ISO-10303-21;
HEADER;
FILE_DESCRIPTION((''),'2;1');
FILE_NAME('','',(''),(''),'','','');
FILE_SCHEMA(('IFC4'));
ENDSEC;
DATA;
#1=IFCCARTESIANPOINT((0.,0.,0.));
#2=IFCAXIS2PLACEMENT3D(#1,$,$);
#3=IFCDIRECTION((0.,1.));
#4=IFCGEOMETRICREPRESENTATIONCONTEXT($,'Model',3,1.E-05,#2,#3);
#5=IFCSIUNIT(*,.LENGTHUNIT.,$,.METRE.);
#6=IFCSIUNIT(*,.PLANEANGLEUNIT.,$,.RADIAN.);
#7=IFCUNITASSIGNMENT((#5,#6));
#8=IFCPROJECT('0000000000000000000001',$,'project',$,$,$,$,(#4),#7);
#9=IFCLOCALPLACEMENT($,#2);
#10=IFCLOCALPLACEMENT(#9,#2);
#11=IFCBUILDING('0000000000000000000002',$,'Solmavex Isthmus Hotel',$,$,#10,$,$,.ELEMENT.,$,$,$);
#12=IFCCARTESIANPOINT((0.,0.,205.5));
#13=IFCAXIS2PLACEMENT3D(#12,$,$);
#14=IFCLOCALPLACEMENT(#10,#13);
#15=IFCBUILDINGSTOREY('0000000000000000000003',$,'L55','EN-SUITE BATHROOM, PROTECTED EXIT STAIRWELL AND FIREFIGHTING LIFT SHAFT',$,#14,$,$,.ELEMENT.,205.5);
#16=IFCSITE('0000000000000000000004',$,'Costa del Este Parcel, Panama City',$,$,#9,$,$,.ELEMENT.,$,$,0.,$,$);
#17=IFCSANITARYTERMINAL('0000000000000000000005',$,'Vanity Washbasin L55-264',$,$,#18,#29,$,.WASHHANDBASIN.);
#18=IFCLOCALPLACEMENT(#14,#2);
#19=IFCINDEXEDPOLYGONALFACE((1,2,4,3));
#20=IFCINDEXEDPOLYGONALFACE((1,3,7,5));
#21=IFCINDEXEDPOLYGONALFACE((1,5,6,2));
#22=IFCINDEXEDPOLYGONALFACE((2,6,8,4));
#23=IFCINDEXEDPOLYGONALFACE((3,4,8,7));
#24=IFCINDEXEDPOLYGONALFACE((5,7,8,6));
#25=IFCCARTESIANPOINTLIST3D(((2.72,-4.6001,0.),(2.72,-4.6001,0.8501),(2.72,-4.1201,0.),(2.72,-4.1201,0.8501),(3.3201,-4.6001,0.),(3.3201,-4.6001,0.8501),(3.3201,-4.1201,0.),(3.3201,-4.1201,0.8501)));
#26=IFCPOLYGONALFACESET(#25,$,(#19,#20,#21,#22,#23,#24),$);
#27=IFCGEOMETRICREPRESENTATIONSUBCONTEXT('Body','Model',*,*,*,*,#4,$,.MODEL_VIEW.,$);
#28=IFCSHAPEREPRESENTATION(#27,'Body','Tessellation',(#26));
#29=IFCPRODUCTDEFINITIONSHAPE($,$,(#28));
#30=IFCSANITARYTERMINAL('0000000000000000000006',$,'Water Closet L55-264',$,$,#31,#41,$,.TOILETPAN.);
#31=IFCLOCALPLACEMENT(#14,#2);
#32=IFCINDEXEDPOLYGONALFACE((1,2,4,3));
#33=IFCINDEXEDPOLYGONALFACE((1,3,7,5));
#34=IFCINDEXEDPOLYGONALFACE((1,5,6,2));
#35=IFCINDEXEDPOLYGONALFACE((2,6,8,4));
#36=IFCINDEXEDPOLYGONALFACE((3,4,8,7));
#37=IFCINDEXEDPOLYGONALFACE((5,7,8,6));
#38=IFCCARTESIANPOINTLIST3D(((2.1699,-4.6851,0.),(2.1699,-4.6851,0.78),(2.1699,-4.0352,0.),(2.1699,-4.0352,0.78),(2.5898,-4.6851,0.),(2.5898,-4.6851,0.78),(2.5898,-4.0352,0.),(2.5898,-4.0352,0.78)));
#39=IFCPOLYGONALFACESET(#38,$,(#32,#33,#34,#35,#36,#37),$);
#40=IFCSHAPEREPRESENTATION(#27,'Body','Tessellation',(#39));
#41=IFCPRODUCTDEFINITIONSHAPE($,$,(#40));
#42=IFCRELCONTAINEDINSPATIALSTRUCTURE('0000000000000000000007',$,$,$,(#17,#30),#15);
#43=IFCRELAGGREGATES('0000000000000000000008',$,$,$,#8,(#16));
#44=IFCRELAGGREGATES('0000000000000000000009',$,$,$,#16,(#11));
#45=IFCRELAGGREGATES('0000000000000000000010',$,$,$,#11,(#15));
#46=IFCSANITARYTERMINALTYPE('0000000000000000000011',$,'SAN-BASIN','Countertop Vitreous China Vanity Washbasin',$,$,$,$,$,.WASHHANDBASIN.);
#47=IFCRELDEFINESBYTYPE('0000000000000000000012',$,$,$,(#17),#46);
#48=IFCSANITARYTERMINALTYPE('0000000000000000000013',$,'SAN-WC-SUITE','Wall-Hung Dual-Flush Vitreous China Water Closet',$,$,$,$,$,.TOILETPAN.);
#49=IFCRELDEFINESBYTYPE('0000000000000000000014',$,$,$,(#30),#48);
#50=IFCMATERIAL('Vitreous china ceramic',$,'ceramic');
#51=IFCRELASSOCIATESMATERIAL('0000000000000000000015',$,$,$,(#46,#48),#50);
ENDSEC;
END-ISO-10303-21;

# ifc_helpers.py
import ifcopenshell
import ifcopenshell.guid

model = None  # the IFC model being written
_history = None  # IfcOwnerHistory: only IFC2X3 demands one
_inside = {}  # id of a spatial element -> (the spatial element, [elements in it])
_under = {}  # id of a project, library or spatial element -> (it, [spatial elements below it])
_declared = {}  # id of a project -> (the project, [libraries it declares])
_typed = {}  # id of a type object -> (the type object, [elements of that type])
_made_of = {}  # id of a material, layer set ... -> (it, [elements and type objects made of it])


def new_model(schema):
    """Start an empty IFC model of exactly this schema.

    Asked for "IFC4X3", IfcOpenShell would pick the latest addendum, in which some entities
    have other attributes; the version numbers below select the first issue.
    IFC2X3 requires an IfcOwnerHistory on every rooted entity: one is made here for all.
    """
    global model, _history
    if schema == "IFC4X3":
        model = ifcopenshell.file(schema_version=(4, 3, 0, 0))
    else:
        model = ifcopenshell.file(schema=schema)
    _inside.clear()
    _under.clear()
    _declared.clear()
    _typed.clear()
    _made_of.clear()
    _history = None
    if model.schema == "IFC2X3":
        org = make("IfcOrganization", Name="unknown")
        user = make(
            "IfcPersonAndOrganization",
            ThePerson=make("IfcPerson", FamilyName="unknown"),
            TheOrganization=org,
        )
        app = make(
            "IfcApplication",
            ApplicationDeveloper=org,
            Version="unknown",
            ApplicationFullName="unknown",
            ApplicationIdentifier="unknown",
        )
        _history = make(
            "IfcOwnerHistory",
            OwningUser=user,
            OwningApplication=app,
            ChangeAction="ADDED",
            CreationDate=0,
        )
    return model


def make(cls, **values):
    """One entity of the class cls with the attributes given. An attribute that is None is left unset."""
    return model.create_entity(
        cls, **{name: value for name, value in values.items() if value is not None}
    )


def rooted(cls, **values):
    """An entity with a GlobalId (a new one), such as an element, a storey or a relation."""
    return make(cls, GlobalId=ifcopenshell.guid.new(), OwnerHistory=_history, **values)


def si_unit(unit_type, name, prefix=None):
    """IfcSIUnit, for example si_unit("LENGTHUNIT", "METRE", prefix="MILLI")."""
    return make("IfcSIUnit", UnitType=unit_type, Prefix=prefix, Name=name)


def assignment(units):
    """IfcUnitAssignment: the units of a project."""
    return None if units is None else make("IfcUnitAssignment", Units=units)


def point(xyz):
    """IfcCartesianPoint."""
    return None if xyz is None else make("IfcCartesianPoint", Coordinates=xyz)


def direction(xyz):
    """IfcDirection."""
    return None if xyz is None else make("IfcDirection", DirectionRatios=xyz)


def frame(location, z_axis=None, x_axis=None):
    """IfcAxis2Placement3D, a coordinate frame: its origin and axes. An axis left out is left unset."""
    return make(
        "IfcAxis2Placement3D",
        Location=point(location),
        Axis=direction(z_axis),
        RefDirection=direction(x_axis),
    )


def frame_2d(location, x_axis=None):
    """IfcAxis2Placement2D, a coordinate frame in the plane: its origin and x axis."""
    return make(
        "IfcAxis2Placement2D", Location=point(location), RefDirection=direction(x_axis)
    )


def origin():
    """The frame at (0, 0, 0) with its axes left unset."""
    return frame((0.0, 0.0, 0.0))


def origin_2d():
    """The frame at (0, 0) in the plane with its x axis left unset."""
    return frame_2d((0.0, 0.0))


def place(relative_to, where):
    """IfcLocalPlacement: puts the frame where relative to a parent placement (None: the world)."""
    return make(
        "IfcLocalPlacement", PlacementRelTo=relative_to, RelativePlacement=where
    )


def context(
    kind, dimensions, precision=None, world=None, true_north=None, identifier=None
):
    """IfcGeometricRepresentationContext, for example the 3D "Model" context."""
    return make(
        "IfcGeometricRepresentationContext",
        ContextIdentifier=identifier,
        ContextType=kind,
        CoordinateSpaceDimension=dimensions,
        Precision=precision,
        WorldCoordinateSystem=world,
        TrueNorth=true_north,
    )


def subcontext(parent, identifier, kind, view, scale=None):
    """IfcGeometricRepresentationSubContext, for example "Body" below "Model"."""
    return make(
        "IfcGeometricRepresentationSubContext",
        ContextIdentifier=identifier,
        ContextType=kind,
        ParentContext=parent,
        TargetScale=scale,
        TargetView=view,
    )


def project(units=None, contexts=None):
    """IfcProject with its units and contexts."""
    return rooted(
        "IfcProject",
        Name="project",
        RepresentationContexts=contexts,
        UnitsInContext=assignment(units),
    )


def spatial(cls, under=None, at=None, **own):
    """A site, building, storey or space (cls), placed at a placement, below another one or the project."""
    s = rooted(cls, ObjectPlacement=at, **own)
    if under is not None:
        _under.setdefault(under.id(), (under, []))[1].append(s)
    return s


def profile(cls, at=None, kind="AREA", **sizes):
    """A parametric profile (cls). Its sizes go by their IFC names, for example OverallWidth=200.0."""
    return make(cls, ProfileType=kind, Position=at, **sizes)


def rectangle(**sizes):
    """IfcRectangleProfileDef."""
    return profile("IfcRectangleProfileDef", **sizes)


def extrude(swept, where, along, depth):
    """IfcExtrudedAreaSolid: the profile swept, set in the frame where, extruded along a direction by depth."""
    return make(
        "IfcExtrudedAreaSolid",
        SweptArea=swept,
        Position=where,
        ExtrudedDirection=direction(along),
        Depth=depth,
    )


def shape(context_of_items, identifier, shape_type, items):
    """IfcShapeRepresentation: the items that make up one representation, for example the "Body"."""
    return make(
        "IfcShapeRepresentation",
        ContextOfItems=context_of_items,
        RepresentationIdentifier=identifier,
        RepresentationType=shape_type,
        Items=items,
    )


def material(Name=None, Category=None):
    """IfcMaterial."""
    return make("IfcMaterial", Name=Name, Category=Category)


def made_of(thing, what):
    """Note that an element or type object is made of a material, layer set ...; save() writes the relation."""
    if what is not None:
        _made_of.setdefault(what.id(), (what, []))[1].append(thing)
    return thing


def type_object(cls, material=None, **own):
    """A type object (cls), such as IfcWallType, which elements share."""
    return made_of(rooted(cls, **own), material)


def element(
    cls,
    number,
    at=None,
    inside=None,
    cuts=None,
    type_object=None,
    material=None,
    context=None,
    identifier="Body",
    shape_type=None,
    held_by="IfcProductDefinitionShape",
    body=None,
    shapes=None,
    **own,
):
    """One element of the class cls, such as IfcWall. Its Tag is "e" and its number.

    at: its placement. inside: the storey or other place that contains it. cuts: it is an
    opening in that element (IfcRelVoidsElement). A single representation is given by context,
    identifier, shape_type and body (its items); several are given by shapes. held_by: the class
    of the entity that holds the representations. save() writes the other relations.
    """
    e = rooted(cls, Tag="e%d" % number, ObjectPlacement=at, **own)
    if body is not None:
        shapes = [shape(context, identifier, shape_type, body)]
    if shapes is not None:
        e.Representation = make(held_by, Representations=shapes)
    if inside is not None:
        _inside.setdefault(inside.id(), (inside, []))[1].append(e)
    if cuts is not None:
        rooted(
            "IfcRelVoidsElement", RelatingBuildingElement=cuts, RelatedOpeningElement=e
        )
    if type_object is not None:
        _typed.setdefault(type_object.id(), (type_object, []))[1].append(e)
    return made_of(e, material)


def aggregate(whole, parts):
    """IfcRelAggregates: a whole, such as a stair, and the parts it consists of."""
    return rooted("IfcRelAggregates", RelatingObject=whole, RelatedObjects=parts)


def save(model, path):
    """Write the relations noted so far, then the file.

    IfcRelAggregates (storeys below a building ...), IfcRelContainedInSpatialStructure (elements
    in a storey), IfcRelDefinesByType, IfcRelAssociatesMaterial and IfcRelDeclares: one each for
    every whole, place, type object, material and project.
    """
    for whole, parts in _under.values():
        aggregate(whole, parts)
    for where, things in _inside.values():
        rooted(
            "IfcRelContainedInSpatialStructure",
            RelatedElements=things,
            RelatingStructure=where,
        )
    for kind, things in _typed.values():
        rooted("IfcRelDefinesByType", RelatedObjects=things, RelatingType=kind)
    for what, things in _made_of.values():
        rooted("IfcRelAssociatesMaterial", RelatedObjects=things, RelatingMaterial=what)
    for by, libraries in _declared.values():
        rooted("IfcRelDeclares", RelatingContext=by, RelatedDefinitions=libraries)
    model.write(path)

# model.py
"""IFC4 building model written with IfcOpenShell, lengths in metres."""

from ifc_helpers import new_model, si_unit, direction, frame, origin, origin_2d, place, context, subcontext, project, spatial, rectangle, extrude, material, type_object, element, save


model = new_model("IFC4")

# Units and contexts
model_context = context("Model", 3, precision=1e-05, world=origin(), true_north=direction((0.0, 1.0)))
body_context = subcontext(model_context, "Body", "Model", "MODEL_VIEW")
ifc_project = project(units=[si_unit("LENGTHUNIT", "METRE"), si_unit("PLANEANGLEUNIT", "RADIAN")], contexts=[model_context])

# Site, building, storey
site_placement = place(None, origin())
site = spatial("IfcSite", under=ifc_project, at=site_placement, Name="Costa del Este Parcel, Panama City", CompositionType="ELEMENT", RefElevation=0.0)
building_placement = place(site_placement, origin())
building = spatial("IfcBuilding", under=site, at=building_placement, Name="Solmavex Isthmus Hotel", CompositionType="ELEMENT")
storey_placement = place(building_placement, frame((0.0, 0.0, 205.5)))
storey = spatial("IfcBuildingStorey", under=building, at=storey_placement, Name="L55", Description="EN-SUITE BATHROOM, PROTECTED EXIT STAIRWELL AND FIREFIGHTING LIFT SHAFT", CompositionType="ELEMENT", Elevation=205.5)

# Sanitary terminals
ifc_material_1 = material(Name="Vitreous china ceramic", Category="ceramic")
sanitary_terminal_type_1 = type_object("IfcSanitaryTerminalType", Name="SAN-BASIN", Description="Countertop Vitreous China Vanity Washbasin", PredefinedType="WASHHANDBASIN", material=ifc_material_1)
sanitary_terminal_1_placement = place(storey_placement, frame((3.02, -4.3601, 0.0), z_axis=(0.0, 0.0, 1.0), x_axis=(1.0, 0.0, 0.0)))
element("IfcSanitaryTerminal", 1, at=sanitary_terminal_1_placement, inside=storey, type_object=sanitary_terminal_type_1, Name="Vanity Washbasin L55-264", PredefinedType="WASHHANDBASIN", context=body_context, shape_type="SweptSolid", body=[
    extrude(rectangle(XDim=0.6001, YDim=0.48, at=origin_2d()), origin(), (0.0, 0.0, 1.0), 0.8501),
])
sanitary_terminal_type_2 = type_object("IfcSanitaryTerminalType", Name="SAN-WC-SUITE", Description="Wall-Hung Dual-Flush Vitreous China Water Closet", PredefinedType="TOILETPAN", material=ifc_material_1)
sanitary_terminal_2_placement = place(storey_placement, frame((2.3799, -4.3601, 0.0), z_axis=(0.0, 0.0, 1.0), x_axis=(1.0, 0.0, 0.0)))
element("IfcSanitaryTerminal", 2, at=sanitary_terminal_2_placement, inside=storey, type_object=sanitary_terminal_type_2, Name="Water Closet L55-264", PredefinedType="TOILETPAN", context=body_context, shape_type="SweptSolid", body=[
    extrude(rectangle(XDim=0.4199, YDim=0.6499, at=origin_2d()), origin(), (0.0, 0.0, 1.0), 0.78),
])

save(model, "model.ifc")
